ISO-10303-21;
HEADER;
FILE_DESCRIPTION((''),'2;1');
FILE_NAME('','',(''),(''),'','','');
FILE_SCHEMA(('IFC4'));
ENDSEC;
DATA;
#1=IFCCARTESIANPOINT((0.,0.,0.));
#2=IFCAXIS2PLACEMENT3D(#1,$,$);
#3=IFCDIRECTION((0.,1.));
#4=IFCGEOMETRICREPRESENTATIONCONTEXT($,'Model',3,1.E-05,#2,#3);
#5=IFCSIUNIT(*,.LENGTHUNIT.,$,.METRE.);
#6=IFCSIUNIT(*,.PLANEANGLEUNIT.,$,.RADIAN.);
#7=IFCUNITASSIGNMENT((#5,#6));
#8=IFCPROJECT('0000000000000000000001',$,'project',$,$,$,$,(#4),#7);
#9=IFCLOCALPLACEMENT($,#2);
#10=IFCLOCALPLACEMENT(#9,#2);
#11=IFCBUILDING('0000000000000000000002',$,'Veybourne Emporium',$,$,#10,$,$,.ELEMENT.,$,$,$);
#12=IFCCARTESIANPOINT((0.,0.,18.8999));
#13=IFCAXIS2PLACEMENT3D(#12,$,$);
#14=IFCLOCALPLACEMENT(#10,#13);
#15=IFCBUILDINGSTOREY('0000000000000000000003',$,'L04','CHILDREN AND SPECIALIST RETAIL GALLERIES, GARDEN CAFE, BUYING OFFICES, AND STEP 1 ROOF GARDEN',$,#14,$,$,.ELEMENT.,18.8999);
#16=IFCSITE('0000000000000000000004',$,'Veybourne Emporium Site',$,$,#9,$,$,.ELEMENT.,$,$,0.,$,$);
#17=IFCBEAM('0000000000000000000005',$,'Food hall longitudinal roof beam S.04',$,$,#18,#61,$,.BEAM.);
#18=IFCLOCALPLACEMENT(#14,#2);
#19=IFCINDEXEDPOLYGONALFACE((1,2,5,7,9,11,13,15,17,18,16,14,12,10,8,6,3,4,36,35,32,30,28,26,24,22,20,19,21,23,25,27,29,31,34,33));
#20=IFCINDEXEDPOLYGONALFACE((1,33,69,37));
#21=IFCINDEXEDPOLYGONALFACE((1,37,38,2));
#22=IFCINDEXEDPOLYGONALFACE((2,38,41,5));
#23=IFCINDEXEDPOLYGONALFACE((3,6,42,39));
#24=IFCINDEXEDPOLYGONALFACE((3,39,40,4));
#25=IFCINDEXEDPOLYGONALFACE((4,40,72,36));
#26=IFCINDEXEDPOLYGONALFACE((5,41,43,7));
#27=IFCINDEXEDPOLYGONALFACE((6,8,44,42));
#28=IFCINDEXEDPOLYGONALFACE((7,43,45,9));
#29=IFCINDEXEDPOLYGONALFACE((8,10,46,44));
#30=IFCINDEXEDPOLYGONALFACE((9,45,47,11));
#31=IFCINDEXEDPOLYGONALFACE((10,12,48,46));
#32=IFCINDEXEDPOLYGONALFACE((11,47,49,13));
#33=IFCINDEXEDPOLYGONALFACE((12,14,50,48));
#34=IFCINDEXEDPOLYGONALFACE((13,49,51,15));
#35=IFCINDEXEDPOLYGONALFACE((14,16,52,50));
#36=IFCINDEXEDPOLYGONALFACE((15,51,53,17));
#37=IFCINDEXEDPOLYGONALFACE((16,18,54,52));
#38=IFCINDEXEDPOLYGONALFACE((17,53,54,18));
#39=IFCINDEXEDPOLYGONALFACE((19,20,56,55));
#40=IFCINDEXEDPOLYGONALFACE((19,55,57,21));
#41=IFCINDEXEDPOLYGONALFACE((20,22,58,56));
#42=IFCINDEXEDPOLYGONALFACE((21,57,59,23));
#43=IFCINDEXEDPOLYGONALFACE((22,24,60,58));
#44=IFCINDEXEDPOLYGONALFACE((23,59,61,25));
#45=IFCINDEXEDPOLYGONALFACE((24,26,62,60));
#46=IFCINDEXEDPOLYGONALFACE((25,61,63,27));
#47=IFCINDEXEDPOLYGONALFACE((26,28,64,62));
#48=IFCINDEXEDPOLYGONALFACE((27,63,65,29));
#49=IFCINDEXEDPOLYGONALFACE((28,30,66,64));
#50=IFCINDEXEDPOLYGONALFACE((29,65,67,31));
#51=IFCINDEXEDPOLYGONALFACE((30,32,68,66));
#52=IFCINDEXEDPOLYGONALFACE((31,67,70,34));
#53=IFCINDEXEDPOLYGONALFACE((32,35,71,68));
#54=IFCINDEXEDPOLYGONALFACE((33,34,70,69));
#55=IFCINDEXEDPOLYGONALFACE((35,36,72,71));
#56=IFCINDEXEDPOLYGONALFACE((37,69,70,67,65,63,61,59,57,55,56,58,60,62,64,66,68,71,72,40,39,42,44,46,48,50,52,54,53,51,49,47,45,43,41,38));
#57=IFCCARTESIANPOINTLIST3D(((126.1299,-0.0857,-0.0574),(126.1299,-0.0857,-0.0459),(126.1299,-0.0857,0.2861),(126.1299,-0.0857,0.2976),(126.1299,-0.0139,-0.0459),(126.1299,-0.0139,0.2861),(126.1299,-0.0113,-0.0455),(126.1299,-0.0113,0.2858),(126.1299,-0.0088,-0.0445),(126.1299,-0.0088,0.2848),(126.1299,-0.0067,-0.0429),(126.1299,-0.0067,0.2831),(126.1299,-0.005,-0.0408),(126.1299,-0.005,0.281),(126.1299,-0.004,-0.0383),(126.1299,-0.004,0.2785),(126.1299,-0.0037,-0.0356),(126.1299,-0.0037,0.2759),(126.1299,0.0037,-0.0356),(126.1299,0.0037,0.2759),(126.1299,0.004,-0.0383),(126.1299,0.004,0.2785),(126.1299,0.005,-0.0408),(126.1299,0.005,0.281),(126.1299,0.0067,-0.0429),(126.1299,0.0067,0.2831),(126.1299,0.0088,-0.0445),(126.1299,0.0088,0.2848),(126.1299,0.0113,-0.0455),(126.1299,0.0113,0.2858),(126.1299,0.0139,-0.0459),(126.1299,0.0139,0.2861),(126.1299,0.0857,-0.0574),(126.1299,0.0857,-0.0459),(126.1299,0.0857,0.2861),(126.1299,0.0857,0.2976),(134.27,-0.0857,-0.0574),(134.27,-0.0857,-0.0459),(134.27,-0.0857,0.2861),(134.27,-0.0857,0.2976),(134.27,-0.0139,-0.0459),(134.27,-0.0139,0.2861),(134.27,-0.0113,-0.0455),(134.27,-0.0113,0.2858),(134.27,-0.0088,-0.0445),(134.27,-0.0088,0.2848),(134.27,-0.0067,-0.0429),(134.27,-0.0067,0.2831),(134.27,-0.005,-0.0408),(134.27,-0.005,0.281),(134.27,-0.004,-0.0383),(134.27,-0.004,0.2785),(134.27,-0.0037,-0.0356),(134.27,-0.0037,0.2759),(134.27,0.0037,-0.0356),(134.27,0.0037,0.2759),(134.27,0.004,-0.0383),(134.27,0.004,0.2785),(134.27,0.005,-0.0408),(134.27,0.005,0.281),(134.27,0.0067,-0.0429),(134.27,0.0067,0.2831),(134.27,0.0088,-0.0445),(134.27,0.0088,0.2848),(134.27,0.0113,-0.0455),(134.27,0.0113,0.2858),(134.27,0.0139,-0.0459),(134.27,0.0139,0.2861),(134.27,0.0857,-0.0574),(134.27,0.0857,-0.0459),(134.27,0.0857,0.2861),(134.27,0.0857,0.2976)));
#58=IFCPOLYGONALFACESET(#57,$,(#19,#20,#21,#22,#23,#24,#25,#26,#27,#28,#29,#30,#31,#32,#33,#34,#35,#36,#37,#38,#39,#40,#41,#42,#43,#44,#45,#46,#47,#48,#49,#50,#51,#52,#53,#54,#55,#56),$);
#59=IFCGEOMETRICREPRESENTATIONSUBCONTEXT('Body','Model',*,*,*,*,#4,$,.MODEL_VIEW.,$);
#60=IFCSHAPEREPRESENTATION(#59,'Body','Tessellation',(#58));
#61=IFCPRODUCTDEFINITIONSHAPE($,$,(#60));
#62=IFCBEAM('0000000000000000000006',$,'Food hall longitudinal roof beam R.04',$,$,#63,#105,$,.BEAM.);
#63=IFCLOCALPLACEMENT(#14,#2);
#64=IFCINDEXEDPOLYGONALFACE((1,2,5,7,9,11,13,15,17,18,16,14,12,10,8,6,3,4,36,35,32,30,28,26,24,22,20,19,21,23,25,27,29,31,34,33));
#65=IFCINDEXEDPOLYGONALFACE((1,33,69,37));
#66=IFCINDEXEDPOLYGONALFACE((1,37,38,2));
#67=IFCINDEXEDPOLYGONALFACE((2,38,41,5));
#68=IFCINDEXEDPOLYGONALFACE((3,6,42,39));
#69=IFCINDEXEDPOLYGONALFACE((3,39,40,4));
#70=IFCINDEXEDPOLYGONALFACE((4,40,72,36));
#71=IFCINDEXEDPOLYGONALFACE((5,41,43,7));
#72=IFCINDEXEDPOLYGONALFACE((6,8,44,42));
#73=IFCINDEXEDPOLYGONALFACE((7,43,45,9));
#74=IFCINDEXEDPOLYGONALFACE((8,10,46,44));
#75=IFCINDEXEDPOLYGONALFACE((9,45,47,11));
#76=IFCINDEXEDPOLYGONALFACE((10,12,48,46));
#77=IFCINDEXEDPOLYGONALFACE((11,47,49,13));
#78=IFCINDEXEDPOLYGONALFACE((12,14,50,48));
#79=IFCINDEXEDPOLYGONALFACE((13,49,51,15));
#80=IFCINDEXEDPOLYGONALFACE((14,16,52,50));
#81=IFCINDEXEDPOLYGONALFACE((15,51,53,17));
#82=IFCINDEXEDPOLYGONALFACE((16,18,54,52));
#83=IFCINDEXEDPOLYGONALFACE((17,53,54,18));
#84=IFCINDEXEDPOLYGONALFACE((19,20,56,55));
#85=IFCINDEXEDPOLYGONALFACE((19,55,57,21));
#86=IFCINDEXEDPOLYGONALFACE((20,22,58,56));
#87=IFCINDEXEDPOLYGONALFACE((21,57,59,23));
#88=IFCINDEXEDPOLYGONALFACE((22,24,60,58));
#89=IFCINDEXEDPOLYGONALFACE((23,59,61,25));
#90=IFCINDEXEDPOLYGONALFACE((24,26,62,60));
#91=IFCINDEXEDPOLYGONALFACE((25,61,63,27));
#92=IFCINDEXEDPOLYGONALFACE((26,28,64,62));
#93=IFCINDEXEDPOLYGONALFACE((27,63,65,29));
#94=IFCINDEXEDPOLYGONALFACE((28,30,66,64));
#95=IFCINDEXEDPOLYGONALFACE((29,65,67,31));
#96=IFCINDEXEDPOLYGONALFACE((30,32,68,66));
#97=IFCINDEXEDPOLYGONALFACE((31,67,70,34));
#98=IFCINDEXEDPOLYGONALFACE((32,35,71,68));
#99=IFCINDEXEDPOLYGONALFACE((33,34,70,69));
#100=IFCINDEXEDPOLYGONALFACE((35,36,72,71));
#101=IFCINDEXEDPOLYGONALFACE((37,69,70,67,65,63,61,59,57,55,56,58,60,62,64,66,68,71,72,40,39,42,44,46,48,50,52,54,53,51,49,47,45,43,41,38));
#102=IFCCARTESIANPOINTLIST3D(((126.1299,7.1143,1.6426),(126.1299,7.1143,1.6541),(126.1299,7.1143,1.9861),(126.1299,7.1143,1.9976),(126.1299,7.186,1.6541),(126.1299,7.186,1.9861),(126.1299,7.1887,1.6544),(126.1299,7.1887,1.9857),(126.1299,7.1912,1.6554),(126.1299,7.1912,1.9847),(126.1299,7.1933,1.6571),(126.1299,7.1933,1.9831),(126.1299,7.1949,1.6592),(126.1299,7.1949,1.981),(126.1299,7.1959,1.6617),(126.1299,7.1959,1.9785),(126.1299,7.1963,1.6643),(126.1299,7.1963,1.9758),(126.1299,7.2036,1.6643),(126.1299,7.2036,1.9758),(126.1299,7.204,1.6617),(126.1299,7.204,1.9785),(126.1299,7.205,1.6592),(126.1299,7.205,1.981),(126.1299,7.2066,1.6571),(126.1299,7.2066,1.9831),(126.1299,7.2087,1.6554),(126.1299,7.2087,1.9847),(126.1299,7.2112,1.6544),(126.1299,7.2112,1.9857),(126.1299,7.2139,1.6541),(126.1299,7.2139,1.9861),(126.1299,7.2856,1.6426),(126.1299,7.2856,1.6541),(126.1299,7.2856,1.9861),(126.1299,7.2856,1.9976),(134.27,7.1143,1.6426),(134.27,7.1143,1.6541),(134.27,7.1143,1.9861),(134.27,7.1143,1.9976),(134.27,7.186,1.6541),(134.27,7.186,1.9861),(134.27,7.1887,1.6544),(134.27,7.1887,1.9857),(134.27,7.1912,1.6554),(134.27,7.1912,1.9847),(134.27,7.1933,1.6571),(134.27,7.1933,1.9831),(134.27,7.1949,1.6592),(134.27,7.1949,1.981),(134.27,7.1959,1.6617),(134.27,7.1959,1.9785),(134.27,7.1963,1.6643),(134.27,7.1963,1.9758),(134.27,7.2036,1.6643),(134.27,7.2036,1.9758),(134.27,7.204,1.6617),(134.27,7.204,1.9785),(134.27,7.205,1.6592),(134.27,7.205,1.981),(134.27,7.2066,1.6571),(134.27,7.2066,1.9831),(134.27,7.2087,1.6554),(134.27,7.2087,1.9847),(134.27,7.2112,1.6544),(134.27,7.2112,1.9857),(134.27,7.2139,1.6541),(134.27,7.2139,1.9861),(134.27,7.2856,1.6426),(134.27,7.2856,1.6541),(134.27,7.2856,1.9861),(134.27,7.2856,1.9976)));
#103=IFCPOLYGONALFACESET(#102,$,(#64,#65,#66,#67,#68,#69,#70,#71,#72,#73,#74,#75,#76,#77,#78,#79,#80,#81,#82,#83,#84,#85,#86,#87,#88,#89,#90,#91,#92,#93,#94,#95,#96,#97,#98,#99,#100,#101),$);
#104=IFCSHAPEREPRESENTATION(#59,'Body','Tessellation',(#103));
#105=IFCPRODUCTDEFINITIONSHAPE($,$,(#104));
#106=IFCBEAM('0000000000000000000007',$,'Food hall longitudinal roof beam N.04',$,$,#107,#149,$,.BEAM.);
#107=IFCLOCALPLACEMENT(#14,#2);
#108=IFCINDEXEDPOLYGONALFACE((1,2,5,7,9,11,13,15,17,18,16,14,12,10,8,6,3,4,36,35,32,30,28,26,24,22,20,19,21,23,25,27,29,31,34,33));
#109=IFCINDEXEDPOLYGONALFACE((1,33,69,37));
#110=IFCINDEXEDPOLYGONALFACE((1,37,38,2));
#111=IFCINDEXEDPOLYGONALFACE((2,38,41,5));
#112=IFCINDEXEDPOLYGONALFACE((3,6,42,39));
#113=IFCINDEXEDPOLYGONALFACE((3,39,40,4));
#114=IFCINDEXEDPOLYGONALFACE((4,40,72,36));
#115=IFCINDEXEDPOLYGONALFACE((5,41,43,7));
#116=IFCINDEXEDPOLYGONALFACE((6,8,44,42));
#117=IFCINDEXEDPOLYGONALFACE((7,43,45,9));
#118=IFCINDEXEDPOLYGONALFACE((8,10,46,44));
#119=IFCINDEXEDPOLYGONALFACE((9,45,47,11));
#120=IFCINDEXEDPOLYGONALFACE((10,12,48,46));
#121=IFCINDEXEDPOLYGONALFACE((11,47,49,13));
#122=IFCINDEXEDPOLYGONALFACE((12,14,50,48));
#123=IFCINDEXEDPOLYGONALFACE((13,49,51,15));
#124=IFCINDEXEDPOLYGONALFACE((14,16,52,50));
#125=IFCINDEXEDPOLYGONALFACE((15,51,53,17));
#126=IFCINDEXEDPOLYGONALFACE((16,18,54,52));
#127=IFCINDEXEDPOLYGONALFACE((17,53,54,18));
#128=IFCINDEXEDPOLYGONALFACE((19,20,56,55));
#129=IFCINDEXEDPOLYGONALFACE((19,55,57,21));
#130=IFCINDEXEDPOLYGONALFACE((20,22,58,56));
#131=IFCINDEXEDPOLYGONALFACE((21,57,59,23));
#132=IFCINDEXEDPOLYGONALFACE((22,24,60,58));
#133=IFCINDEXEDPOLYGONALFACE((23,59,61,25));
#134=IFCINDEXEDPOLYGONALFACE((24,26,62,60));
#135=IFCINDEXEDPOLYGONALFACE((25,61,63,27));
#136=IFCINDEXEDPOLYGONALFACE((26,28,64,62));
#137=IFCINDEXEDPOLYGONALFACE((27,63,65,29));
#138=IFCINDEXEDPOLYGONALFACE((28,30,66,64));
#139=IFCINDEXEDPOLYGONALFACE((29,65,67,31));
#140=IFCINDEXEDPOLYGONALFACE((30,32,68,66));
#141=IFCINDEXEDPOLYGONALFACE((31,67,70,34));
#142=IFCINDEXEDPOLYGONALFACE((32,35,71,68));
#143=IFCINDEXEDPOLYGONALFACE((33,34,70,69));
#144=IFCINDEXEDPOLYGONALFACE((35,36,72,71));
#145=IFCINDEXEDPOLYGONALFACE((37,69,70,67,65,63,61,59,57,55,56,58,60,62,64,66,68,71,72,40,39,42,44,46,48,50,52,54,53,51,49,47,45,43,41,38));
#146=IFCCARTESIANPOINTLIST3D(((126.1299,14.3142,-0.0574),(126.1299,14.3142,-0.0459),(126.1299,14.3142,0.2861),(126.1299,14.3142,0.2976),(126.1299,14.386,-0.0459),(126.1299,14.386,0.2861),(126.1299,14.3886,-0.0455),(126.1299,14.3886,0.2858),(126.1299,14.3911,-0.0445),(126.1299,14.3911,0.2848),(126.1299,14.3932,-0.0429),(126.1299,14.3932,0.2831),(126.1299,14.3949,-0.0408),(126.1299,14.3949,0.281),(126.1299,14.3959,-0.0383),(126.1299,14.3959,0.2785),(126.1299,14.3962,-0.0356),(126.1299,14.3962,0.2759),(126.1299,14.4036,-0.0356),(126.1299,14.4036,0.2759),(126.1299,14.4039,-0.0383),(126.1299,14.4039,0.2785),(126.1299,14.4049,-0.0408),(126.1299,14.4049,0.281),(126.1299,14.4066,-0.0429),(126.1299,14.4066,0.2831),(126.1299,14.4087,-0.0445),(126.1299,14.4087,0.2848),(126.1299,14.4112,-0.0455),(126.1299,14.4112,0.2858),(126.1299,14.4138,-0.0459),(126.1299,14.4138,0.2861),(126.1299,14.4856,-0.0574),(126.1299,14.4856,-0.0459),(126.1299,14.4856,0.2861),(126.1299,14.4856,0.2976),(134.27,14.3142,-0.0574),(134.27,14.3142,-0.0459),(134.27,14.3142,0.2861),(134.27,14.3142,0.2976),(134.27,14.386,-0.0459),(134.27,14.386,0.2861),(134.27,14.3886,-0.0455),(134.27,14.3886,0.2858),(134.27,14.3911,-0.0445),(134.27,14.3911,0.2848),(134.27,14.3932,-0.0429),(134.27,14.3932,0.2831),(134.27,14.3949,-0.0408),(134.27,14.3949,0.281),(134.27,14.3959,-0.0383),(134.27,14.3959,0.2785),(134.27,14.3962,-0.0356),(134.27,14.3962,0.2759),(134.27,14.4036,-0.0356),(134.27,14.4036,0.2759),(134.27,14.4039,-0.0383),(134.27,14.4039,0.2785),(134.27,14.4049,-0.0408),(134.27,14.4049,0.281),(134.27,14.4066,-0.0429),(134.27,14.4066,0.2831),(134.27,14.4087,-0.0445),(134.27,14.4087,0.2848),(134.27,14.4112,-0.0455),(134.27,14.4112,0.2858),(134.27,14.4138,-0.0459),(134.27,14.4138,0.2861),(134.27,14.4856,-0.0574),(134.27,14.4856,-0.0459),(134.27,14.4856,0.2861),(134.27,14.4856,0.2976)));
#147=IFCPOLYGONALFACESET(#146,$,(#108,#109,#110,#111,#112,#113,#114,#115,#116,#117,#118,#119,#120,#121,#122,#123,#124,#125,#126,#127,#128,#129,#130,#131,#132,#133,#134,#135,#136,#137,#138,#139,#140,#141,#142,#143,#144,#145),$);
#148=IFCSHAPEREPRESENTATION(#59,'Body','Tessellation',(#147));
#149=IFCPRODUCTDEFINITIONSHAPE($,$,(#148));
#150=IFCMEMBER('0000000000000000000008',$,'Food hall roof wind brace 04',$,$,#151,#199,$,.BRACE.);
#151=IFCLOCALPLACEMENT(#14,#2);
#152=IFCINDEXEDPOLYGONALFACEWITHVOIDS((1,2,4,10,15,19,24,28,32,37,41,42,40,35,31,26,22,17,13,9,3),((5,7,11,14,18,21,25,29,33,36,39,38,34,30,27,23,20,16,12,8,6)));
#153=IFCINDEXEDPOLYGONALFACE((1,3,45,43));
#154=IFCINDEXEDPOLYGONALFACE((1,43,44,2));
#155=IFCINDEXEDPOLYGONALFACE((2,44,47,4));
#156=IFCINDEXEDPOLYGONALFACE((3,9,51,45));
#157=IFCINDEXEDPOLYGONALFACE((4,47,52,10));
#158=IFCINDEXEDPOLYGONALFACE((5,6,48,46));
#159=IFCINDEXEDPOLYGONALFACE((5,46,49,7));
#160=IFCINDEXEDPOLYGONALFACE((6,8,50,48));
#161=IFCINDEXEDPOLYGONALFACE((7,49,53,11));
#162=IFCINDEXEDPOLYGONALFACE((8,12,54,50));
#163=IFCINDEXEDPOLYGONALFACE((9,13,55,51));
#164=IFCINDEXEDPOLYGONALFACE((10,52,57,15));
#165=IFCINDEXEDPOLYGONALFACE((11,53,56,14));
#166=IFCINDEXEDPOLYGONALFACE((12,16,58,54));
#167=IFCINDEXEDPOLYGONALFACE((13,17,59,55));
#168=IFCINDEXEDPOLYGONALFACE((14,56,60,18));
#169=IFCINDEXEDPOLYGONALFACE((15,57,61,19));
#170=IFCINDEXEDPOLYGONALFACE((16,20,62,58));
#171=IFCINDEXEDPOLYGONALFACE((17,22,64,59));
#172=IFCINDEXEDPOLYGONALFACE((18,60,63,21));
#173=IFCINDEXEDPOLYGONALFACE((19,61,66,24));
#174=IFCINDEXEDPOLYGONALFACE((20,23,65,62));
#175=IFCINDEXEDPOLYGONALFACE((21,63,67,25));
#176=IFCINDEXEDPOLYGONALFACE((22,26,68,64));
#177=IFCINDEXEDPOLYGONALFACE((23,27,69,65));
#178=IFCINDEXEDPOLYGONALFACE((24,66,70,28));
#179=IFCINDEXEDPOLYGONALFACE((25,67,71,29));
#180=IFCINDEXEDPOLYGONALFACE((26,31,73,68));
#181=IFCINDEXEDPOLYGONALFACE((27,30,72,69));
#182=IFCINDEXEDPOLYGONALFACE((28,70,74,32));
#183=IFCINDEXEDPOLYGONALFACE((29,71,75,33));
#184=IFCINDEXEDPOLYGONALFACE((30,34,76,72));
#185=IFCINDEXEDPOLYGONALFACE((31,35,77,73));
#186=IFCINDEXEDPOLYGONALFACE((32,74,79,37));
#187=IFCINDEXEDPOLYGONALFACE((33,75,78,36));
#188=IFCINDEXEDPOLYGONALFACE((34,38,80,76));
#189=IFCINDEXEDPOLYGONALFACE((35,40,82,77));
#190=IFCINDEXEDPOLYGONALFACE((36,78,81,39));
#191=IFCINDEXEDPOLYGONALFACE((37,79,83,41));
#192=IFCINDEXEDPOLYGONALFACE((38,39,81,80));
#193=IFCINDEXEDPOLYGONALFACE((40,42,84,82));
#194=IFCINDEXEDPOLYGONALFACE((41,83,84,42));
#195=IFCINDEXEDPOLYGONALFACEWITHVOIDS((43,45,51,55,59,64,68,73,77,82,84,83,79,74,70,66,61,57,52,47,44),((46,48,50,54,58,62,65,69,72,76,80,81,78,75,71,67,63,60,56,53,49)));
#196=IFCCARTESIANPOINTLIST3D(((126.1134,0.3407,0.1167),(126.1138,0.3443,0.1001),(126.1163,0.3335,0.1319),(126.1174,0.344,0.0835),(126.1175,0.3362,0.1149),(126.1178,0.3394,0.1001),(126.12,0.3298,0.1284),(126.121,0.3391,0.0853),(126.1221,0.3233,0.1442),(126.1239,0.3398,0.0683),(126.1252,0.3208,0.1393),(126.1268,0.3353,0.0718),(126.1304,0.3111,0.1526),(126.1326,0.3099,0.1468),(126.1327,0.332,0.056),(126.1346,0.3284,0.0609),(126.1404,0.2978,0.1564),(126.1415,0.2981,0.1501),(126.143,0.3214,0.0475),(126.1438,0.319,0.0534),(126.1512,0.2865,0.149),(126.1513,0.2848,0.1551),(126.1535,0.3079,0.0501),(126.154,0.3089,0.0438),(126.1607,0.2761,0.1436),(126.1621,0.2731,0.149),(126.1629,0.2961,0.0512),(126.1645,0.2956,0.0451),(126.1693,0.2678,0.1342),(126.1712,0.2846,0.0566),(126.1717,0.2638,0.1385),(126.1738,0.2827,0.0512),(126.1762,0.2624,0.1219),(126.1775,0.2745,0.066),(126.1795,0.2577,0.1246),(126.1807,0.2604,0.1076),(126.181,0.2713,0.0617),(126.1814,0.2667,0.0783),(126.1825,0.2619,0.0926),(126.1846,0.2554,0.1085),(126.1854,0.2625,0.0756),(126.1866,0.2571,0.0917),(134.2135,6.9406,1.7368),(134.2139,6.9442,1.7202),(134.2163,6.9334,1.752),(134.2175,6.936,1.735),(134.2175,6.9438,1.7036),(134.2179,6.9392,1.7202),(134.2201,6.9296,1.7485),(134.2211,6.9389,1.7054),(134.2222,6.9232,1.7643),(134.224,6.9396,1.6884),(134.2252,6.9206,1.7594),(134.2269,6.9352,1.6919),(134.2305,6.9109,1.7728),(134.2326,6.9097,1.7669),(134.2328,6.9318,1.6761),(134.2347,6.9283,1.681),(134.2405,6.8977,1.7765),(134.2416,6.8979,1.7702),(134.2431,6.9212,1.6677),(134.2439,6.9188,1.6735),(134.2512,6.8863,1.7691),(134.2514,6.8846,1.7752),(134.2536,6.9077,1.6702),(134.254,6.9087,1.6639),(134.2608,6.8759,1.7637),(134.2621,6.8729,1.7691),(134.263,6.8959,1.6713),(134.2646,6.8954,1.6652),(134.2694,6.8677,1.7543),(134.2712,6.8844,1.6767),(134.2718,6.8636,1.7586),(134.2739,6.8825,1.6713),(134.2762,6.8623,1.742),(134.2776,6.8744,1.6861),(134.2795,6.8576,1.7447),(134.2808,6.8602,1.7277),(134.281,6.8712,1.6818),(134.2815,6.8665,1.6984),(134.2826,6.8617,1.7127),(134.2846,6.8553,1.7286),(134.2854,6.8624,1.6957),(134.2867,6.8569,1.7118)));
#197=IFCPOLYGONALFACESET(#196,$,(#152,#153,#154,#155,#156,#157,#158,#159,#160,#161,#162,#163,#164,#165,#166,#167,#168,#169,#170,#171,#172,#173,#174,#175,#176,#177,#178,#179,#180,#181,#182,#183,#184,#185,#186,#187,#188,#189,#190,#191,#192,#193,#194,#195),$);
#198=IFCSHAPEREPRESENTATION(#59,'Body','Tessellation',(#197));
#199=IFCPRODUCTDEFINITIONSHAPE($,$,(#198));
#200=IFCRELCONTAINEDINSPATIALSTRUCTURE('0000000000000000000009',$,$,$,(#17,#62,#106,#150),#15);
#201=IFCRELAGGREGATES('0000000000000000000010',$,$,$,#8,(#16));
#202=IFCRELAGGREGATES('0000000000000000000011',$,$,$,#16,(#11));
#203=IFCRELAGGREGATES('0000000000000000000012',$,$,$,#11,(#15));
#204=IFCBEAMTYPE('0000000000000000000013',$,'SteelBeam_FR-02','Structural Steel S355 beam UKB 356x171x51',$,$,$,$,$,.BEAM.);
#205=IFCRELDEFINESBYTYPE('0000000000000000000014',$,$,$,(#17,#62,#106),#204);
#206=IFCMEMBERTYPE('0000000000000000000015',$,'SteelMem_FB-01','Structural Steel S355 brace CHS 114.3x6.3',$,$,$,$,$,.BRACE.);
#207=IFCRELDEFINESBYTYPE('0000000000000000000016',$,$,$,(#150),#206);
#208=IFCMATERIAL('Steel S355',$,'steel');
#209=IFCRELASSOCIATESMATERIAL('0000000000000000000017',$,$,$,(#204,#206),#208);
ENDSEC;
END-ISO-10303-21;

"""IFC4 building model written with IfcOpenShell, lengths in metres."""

from ifc_helpers import new_model, si_unit, direction, frame, origin, origin_2d, place, context, subcontext, project, spatial, hollow_circle, i_section, extrude, material, material_profile, profile_set, type_object, element, save


model = new_model("IFC4")

# Units and contexts
model_context = context("Model", 3, precision=1e-05, world=origin(), true_north=direction((0.0, 1.0)))
body_context = subcontext(model_context, "Body", "Model", "MODEL_VIEW")
ifc_project = project(units=[si_unit("LENGTHUNIT", "METRE"), si_unit("PLANEANGLEUNIT", "RADIAN")], contexts=[model_context])

# Site, building, storey
site_placement = place(None, origin())
site = spatial("IfcSite", under=ifc_project, at=site_placement, Name="Veybourne Emporium Site", CompositionType="ELEMENT", RefElevation=0.0)
building_placement = place(site_placement, origin())
building = spatial("IfcBuilding", under=site, at=building_placement, Name="Veybourne Emporium", CompositionType="ELEMENT")
storey_placement = place(building_placement, frame((0.0, 0.0, 18.8999)))
storey = spatial("IfcBuildingStorey", under=building, at=storey_placement, Name="L04", Description="CHILDREN AND SPECIALIST RETAIL GALLERIES, GARDEN CAFE, BUYING OFFICES, AND STEP 1 ROOF GARDEN", CompositionType="ELEMENT", Elevation=18.8999)

# Beams
ifc_material_1 = material(Name="Steel S355", Category="steel")
ifc_material_profile_1 = material_profile(ifc_material_1, i_section(OverallWidth=0.1714, OverallDepth=0.355, WebThickness=0.0073, FlangeThickness=0.0115, FilletRadius=0.0103, at=origin_2d()), Name="UKB 356x171x51")
ifc_profile_set_1 = profile_set([ifc_material_profile_1], Name="Steel S355")
beam_type_1 = type_object("IfcBeamType", Name="SteelBeam_FR-02", Description="Structural Steel S355 beam UKB 356x171x51", PredefinedType="BEAM", material=ifc_profile_set_1)
for number, where, z_axis, x_axis, name in (
    (1, (126.1299, 0.0, 0.1201), (1.0, 0.0, 0.0), (0.0, 1.0, 0.0), "Food hall longitudinal roof beam S.04"),
    (2, (126.1299, 7.2, 1.8201), (1.0, 0.0, 0.0), (0.0, 1.0, 0.0), "Food hall longitudinal roof beam R.04"),
    (3, (126.1299, 14.3999, 0.1201), (1.0, 0.0, 0.0), (0.0, 1.0, 0.0), "Food hall longitudinal roof beam N.04"),
):
    element("IfcBeam", number, at=place(storey_placement, frame(where, z_axis=z_axis, x_axis=x_axis)), inside=storey, type_object=beam_type_1, Name=name, PredefinedType="BEAM", context=body_context, shape_type="SweptSolid", body=[
        extrude(i_section(OverallWidth=0.1714, OverallDepth=0.355, WebThickness=0.0073, FlangeThickness=0.0115, FilletRadius=0.0103, at=origin_2d()), origin(), (0.0, 0.0, 1.0), 8.1401),
    ])

# Member
ifc_material_profile_2 = material_profile(ifc_material_1, hollow_circle(Radius=0.0571, WallThickness=0.0063, at=origin_2d()), Name="CHS 114.3x6.3")
ifc_profile_set_2 = profile_set([ifc_material_profile_2], Name="Steel S355")
member_type_1 = type_object("IfcMemberType", Name="SteelMem_FB-01", Description="Structural Steel S355 brace CHS 114.3x6.3", PredefinedType="BRACE", material=ifc_profile_set_2)
member_placement = place(storey_placement, frame((126.1499, 0.3, 0.1001), z_axis=(0.766091, 0.624201, 0.153227), x_axis=(-0.63166, 0.775246, 0.0)))
element("IfcMember", 4, at=member_placement, inside=storey, type_object=member_type_1, Name="Food hall roof wind brace 04", PredefinedType="BRACE", context=body_context, shape_type="SweptSolid", body=[
    extrude(hollow_circle(Radius=0.0571, WallThickness=0.0063, at=origin_2d()), origin(), (0.0, 0.0, 1.0), 10.5732),
])

save(model, "model.ifc")
